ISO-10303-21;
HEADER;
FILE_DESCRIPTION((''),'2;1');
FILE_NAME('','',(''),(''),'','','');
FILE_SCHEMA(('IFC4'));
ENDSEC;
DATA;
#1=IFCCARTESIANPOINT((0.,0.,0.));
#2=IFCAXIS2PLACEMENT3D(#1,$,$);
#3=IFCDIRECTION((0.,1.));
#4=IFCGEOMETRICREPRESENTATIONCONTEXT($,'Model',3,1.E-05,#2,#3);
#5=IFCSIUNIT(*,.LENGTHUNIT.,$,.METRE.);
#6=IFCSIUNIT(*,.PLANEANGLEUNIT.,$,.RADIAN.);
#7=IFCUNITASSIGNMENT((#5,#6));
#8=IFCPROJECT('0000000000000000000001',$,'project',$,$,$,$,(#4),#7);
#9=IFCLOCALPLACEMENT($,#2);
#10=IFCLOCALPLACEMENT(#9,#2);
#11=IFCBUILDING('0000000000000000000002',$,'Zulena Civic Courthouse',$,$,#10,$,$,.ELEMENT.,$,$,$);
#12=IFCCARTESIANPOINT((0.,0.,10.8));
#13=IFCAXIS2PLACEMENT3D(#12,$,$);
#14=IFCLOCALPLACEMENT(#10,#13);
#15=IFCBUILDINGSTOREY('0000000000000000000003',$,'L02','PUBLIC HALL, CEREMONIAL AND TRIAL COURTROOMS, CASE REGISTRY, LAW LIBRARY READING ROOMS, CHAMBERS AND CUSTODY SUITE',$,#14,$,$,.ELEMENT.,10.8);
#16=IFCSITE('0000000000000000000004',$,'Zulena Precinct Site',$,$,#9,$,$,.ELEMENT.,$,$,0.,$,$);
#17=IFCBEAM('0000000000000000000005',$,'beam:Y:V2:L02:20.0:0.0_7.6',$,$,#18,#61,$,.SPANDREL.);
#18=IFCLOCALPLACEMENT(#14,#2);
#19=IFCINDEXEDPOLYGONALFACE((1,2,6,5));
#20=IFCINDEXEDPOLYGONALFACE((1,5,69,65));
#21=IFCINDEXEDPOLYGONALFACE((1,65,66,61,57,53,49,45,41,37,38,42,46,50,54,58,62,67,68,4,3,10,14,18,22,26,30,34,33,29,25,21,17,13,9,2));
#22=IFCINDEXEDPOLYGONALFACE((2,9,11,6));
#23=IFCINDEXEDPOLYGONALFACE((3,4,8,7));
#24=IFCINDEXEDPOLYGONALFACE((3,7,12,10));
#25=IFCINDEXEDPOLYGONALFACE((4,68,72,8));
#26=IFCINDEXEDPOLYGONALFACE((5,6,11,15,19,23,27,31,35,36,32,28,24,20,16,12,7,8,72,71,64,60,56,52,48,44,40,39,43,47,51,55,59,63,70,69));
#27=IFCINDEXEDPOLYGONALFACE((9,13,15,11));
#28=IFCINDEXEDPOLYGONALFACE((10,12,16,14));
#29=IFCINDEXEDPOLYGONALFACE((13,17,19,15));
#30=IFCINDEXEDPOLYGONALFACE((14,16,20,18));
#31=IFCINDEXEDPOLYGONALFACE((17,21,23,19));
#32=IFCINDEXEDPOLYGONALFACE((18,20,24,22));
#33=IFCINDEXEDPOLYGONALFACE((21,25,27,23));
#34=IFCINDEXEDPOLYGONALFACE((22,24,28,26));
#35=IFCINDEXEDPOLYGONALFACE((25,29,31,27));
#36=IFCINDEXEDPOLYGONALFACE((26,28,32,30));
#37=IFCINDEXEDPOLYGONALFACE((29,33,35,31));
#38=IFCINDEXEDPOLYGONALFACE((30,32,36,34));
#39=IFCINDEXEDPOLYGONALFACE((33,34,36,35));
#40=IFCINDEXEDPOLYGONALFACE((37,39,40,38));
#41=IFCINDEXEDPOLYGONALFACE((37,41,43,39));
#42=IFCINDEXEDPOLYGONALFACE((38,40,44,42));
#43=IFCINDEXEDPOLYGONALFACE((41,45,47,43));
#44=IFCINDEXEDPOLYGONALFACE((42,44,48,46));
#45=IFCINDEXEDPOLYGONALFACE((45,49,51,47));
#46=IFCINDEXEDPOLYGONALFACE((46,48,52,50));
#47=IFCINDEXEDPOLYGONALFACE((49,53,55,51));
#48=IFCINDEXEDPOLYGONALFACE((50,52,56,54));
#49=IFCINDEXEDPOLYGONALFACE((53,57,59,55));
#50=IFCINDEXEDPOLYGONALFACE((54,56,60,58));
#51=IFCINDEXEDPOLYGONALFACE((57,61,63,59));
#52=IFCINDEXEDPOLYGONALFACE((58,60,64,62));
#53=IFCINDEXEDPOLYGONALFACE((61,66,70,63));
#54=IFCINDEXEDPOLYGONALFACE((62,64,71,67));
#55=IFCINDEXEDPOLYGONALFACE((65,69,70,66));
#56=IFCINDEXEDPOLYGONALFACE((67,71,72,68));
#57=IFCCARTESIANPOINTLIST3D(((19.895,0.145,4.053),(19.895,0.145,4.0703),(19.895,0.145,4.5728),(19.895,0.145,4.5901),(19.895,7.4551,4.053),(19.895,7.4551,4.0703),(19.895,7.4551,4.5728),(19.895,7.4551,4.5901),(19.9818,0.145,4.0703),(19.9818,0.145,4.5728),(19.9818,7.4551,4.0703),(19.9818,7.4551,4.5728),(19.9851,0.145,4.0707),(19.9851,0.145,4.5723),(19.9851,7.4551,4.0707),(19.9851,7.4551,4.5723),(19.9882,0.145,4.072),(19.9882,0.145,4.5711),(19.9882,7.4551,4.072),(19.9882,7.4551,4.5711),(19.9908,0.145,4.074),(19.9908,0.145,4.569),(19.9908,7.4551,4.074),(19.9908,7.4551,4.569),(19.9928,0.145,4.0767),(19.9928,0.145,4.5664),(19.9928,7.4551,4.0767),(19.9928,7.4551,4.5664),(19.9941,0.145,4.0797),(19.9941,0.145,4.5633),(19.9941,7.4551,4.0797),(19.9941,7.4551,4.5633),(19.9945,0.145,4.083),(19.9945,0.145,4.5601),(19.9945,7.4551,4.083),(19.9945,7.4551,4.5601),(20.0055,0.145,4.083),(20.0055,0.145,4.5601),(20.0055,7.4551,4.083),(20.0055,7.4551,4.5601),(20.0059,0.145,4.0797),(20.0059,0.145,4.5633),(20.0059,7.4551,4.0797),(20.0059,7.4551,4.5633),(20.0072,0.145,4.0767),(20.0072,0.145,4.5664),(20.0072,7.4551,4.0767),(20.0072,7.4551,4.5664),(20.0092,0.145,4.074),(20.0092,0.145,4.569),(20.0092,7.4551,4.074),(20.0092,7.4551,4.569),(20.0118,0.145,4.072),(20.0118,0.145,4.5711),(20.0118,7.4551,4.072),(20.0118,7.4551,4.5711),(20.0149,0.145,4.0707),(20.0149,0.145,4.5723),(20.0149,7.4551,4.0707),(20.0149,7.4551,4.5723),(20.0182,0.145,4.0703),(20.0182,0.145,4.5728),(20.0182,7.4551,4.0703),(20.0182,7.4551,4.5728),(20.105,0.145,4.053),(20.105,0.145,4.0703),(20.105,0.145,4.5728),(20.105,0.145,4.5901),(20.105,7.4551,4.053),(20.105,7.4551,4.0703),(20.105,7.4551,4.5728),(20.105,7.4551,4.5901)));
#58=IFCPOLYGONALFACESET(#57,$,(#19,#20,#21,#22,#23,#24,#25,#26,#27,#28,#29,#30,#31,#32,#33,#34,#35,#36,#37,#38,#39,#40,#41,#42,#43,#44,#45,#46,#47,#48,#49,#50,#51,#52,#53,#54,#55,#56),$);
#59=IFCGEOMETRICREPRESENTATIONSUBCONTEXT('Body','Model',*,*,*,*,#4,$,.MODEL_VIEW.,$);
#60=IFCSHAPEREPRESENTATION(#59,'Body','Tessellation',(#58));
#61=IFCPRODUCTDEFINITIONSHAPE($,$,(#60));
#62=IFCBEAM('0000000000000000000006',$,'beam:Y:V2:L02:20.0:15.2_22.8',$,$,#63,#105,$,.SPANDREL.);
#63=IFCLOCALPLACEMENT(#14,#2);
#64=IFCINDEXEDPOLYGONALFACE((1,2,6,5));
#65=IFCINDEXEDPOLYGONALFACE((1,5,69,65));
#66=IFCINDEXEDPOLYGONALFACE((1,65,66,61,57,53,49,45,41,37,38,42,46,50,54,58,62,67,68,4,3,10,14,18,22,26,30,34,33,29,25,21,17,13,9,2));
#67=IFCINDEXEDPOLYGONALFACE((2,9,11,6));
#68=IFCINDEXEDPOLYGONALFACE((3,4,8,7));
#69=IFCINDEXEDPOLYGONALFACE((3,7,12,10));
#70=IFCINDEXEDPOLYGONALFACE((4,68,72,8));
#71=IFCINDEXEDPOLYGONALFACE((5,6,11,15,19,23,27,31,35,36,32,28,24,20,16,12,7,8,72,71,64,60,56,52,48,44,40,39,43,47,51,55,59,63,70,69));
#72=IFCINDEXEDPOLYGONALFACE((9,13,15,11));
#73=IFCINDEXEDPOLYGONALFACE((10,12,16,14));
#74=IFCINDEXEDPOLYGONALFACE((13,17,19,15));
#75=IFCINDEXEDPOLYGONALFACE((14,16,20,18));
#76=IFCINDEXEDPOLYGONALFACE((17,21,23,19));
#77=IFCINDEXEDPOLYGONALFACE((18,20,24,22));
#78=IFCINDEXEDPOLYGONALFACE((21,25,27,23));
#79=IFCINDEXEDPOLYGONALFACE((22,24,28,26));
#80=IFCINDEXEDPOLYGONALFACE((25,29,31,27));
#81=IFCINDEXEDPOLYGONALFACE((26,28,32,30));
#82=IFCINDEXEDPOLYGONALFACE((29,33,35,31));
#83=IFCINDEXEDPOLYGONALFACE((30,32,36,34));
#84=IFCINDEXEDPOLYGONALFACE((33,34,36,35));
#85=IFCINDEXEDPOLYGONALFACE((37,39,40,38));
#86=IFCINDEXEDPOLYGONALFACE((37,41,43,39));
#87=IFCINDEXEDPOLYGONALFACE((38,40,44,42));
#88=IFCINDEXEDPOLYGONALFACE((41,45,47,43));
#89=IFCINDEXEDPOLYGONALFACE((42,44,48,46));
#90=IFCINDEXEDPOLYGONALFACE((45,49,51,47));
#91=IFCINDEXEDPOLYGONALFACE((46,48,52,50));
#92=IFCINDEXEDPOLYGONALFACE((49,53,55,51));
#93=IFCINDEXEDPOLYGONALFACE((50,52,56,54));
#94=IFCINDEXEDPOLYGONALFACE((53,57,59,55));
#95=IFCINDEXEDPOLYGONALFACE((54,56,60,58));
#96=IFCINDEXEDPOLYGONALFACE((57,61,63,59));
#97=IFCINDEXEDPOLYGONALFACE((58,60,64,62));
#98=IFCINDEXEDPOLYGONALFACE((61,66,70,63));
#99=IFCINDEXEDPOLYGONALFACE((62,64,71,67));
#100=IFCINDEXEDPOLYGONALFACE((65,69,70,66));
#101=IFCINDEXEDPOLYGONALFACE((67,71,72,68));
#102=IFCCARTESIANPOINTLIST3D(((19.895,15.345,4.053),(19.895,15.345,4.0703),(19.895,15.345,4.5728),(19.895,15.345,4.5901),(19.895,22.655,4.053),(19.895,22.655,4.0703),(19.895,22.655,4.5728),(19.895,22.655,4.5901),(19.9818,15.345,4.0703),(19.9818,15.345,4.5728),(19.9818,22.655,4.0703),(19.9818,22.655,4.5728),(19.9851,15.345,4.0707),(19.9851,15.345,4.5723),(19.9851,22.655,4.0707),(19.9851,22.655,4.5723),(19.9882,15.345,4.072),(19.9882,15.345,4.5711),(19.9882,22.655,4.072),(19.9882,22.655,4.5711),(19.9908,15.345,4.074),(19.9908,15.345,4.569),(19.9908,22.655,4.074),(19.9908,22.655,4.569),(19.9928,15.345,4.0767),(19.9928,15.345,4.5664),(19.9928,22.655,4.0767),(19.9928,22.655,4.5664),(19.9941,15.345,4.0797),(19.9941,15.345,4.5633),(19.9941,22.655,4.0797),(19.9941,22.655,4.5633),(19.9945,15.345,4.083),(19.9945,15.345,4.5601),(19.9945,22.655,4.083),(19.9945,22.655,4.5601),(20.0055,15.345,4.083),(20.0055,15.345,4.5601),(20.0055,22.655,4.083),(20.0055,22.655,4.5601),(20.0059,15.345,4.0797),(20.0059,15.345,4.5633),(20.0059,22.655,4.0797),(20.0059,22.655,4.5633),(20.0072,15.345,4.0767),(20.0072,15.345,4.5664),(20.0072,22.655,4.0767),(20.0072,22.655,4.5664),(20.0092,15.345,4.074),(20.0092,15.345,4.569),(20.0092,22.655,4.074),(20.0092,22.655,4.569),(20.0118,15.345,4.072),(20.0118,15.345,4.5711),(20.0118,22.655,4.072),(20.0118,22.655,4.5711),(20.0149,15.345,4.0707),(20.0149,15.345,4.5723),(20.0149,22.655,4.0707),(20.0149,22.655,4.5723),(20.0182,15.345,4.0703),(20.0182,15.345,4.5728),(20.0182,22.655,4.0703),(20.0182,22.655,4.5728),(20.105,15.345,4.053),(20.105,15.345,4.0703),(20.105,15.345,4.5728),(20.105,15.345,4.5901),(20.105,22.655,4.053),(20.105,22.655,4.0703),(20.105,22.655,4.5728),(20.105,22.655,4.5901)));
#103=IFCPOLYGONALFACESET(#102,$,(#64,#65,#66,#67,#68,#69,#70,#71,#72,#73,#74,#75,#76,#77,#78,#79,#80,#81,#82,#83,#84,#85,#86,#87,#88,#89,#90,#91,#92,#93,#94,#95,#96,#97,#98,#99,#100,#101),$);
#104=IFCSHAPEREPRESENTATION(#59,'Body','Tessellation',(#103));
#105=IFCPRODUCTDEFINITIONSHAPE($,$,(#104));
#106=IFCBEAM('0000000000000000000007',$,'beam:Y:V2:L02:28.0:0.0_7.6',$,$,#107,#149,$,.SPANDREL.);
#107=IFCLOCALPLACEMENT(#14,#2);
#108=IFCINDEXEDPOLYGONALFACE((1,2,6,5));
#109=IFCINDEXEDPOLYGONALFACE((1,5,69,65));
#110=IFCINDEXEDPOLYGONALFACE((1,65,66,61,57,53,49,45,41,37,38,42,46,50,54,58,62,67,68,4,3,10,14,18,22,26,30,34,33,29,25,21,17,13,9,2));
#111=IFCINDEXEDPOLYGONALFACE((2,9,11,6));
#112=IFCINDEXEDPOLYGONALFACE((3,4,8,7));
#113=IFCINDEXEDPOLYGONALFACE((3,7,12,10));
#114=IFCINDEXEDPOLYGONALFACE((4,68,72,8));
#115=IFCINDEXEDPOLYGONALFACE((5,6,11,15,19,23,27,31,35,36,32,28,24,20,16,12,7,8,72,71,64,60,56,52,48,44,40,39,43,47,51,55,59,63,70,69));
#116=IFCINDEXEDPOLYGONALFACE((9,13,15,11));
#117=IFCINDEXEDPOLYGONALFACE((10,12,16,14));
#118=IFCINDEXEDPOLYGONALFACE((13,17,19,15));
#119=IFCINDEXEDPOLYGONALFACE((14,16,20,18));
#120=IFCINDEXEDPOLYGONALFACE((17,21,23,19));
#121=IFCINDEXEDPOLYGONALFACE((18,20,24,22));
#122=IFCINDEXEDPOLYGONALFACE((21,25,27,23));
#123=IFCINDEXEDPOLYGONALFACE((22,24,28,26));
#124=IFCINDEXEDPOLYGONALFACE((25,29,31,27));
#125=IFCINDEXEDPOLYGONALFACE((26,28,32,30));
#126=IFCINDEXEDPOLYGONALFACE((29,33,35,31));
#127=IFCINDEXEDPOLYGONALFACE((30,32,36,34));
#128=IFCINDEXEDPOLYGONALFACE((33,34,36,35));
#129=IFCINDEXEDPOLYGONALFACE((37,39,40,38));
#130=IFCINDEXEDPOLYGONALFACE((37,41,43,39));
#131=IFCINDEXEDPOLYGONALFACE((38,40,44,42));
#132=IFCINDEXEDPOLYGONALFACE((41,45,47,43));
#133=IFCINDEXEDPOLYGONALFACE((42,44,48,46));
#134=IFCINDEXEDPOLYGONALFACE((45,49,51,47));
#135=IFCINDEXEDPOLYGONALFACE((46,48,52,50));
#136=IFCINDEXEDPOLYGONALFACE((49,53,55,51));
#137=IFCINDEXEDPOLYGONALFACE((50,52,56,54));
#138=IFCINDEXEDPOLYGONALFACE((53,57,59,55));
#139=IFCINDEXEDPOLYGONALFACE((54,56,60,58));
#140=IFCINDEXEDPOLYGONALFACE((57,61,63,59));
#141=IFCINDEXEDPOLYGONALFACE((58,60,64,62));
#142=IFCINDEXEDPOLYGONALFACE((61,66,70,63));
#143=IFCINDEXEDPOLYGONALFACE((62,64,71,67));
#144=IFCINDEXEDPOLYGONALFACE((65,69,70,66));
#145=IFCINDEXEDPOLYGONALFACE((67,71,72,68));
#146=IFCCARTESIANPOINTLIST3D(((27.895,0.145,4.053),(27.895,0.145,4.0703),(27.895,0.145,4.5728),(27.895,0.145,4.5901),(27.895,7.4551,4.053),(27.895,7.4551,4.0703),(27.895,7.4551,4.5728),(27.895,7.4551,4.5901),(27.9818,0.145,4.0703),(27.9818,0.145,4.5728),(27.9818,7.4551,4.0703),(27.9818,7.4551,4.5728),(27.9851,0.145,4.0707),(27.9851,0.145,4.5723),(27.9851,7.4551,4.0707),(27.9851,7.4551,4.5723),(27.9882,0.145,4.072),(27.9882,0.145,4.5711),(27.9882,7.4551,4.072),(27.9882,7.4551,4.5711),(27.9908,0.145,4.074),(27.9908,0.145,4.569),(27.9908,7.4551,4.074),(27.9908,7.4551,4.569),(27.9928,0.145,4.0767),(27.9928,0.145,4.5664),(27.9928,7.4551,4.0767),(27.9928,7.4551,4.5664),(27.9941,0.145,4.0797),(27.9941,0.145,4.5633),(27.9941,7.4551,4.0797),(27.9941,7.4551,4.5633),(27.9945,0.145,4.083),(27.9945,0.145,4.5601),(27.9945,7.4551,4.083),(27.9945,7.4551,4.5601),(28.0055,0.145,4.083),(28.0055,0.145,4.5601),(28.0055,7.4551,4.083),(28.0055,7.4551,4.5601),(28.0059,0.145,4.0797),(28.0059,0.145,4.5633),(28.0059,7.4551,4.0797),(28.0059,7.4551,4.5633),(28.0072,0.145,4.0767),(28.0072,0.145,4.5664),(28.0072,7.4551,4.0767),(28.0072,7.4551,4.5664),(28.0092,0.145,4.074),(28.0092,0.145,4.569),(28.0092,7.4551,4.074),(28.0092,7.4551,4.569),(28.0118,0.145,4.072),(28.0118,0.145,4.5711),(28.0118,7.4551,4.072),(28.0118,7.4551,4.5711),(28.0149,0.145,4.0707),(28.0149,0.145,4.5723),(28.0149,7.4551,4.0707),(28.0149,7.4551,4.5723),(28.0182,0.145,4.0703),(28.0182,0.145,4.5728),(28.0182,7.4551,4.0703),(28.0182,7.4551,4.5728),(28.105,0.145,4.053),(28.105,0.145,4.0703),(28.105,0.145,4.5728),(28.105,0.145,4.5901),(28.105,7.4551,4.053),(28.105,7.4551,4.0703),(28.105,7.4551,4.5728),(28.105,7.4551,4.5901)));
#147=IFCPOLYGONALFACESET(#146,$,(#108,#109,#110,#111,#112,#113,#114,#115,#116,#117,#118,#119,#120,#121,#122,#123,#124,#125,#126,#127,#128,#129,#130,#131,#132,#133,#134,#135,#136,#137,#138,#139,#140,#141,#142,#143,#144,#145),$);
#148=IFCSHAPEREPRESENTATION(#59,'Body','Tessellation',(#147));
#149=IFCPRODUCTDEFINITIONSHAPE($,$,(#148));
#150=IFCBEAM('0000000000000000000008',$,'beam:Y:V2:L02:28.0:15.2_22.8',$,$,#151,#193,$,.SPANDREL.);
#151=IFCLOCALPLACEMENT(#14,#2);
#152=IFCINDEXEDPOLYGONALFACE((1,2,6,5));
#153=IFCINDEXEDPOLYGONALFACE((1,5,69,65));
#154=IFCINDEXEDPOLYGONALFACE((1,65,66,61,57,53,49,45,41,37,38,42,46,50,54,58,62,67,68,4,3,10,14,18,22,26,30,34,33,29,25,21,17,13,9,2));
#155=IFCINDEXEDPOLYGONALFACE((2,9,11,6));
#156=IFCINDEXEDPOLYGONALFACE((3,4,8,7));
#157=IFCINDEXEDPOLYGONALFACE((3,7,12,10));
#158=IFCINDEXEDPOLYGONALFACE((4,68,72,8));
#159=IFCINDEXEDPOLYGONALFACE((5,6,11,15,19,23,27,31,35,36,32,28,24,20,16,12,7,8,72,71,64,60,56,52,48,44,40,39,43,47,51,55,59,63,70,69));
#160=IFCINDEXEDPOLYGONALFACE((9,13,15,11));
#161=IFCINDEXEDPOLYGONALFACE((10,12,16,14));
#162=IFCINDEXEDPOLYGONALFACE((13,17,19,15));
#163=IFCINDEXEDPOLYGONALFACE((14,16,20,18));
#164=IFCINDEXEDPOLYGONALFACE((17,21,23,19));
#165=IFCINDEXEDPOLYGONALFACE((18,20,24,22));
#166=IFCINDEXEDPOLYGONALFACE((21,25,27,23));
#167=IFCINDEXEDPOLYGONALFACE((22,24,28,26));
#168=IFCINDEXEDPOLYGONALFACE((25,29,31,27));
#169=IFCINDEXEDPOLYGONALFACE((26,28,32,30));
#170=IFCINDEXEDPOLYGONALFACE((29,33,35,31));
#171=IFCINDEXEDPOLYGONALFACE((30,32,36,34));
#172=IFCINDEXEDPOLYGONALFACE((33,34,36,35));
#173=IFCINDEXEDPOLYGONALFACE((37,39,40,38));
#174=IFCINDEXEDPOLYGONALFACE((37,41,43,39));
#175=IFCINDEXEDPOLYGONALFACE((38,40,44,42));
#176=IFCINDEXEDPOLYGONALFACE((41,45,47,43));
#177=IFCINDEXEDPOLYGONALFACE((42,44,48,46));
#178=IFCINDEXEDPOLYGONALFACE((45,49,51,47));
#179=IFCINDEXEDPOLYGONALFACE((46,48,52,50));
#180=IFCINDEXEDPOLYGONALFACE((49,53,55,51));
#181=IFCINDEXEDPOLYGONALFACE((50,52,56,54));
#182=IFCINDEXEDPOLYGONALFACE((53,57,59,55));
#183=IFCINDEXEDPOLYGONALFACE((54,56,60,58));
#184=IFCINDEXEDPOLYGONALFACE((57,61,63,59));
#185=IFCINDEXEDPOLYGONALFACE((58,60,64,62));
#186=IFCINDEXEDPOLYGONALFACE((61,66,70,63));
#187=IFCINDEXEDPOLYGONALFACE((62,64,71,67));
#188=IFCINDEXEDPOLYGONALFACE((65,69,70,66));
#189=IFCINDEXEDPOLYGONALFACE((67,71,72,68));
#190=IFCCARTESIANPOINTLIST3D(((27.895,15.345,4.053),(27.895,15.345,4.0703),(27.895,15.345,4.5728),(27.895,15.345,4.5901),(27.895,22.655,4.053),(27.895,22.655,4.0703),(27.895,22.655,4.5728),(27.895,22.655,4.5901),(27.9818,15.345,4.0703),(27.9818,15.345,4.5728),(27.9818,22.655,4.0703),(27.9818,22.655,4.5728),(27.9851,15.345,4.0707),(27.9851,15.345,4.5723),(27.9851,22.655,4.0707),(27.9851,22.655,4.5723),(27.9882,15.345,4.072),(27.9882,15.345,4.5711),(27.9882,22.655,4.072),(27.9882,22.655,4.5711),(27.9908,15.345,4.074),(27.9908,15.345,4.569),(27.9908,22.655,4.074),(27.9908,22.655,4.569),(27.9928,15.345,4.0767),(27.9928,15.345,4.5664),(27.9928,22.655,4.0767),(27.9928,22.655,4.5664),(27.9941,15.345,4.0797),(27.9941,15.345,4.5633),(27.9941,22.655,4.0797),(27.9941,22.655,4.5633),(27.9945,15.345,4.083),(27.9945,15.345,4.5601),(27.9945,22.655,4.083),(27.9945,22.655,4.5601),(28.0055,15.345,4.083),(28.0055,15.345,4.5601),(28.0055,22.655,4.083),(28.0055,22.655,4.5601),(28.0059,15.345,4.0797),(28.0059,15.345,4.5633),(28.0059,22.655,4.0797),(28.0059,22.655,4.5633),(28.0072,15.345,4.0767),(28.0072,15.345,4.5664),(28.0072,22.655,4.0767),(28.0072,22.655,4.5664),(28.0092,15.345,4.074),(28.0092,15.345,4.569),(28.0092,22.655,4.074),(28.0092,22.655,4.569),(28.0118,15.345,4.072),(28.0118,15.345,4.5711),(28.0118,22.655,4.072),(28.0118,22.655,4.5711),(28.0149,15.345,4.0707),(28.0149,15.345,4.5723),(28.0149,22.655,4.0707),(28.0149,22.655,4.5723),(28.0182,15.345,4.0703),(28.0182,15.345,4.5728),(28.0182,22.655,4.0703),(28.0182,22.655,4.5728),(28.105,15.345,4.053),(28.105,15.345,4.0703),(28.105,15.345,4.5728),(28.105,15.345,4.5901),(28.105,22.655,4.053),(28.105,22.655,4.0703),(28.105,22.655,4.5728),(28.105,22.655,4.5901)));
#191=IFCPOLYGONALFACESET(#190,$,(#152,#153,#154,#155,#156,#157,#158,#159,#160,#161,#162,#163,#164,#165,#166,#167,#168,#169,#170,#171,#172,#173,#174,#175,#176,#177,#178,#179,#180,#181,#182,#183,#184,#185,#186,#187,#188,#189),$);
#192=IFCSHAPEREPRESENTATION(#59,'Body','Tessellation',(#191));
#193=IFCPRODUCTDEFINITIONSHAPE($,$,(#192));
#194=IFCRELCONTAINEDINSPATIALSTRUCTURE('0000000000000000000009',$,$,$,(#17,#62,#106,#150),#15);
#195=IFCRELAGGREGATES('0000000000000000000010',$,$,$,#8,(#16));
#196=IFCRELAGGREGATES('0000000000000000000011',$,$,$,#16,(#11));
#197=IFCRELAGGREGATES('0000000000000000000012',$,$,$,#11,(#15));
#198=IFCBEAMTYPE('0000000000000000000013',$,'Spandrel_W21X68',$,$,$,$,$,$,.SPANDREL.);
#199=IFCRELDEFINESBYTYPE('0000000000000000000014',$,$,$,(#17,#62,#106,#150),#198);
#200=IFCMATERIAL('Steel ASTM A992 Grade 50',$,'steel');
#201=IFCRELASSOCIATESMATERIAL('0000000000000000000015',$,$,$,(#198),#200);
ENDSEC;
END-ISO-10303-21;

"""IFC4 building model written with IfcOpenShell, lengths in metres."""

from ifc_helpers import new_model, si_unit, direction, frame, origin, origin_2d, place, context, subcontext, project, spatial, i_section, extrude, material, material_profile, profile_set, type_object, element, save


model = new_model("IFC4")

# Units and contexts
model_context = context("Model", 3, precision=1e-05, world=origin(), true_north=direction((0.0, 1.0)))
body_context = subcontext(model_context, "Body", "Model", "MODEL_VIEW")
ifc_project = project(units=[si_unit("LENGTHUNIT", "METRE"), si_unit("PLANEANGLEUNIT", "RADIAN")], contexts=[model_context])

# Site, building, storey
site_placement = place(None, origin())
site = spatial("IfcSite", under=ifc_project, at=site_placement, Name="Zulena Precinct Site", CompositionType="ELEMENT", RefElevation=0.0)
building_placement = place(site_placement, origin())
building = spatial("IfcBuilding", under=site, at=building_placement, Name="Zulena Civic Courthouse", CompositionType="ELEMENT")
storey_placement = place(building_placement, frame((0.0, 0.0, 10.8)))
storey = spatial("IfcBuildingStorey", under=building, at=storey_placement, Name="L02", Description="PUBLIC HALL, CEREMONIAL AND TRIAL COURTROOMS, CASE REGISTRY, LAW LIBRARY READING ROOMS, CHAMBERS AND CUSTODY SUITE", CompositionType="ELEMENT", Elevation=10.8)

# Shared definitions
ifc_material_1 = material(Name="Steel ASTM A992 Grade 50", Category="steel")

# Beams
ifc_material_profile_1 = material_profile(ifc_material_1, i_section(OverallWidth=0.21, OverallDepth=0.5371, WebThickness=0.011, FlangeThickness=0.0173, FilletRadius=0.0127, at=origin_2d()), Name="W21X68")
ifc_profile_set_1 = profile_set([ifc_material_profile_1], Name="Steel ASTM A992 Grade 50")
beam_type_1 = type_object("IfcBeamType", Name="Spandrel_W21X68", PredefinedType="SPANDREL", material=ifc_profile_set_1)
for number, where, z_axis, x_axis, name in (
    (1, (20.0, 0.145, 4.3215), (0.0, 1.0, 0.0), (-1.0, 0.0, 0.0), "beam:Y:V2:L02:20.0:0.0_7.6"),
    (2, (20.0, 15.345, 4.3215), (0.0, 1.0, 0.0), (-1.0, 0.0, 0.0), "beam:Y:V2:L02:20.0:15.2_22.8"),
    (3, (28.0, 0.145, 4.3215), (0.0, 1.0, 0.0), (-1.0, 0.0, 0.0), "beam:Y:V2:L02:28.0:0.0_7.6"),
    (4, (28.0, 15.345, 4.3215), (0.0, 1.0, 0.0), (-1.0, 0.0, 0.0), "beam:Y:V2:L02:28.0:15.2_22.8"),
):
    element("IfcBeam", number, at=place(storey_placement, frame(where, z_axis=z_axis, x_axis=x_axis)), inside=storey, type_object=beam_type_1, Name=name, PredefinedType="SPANDREL", context=body_context, shape_type="SweptSolid", body=[
        extrude(i_section(OverallWidth=0.21, OverallDepth=0.5371, WebThickness=0.011, FlangeThickness=0.0173, FilletRadius=0.0127, at=origin_2d()), origin(), (0.0, 0.0, 1.0), 7.3101),
    ])

save(model, "model.ifc")
